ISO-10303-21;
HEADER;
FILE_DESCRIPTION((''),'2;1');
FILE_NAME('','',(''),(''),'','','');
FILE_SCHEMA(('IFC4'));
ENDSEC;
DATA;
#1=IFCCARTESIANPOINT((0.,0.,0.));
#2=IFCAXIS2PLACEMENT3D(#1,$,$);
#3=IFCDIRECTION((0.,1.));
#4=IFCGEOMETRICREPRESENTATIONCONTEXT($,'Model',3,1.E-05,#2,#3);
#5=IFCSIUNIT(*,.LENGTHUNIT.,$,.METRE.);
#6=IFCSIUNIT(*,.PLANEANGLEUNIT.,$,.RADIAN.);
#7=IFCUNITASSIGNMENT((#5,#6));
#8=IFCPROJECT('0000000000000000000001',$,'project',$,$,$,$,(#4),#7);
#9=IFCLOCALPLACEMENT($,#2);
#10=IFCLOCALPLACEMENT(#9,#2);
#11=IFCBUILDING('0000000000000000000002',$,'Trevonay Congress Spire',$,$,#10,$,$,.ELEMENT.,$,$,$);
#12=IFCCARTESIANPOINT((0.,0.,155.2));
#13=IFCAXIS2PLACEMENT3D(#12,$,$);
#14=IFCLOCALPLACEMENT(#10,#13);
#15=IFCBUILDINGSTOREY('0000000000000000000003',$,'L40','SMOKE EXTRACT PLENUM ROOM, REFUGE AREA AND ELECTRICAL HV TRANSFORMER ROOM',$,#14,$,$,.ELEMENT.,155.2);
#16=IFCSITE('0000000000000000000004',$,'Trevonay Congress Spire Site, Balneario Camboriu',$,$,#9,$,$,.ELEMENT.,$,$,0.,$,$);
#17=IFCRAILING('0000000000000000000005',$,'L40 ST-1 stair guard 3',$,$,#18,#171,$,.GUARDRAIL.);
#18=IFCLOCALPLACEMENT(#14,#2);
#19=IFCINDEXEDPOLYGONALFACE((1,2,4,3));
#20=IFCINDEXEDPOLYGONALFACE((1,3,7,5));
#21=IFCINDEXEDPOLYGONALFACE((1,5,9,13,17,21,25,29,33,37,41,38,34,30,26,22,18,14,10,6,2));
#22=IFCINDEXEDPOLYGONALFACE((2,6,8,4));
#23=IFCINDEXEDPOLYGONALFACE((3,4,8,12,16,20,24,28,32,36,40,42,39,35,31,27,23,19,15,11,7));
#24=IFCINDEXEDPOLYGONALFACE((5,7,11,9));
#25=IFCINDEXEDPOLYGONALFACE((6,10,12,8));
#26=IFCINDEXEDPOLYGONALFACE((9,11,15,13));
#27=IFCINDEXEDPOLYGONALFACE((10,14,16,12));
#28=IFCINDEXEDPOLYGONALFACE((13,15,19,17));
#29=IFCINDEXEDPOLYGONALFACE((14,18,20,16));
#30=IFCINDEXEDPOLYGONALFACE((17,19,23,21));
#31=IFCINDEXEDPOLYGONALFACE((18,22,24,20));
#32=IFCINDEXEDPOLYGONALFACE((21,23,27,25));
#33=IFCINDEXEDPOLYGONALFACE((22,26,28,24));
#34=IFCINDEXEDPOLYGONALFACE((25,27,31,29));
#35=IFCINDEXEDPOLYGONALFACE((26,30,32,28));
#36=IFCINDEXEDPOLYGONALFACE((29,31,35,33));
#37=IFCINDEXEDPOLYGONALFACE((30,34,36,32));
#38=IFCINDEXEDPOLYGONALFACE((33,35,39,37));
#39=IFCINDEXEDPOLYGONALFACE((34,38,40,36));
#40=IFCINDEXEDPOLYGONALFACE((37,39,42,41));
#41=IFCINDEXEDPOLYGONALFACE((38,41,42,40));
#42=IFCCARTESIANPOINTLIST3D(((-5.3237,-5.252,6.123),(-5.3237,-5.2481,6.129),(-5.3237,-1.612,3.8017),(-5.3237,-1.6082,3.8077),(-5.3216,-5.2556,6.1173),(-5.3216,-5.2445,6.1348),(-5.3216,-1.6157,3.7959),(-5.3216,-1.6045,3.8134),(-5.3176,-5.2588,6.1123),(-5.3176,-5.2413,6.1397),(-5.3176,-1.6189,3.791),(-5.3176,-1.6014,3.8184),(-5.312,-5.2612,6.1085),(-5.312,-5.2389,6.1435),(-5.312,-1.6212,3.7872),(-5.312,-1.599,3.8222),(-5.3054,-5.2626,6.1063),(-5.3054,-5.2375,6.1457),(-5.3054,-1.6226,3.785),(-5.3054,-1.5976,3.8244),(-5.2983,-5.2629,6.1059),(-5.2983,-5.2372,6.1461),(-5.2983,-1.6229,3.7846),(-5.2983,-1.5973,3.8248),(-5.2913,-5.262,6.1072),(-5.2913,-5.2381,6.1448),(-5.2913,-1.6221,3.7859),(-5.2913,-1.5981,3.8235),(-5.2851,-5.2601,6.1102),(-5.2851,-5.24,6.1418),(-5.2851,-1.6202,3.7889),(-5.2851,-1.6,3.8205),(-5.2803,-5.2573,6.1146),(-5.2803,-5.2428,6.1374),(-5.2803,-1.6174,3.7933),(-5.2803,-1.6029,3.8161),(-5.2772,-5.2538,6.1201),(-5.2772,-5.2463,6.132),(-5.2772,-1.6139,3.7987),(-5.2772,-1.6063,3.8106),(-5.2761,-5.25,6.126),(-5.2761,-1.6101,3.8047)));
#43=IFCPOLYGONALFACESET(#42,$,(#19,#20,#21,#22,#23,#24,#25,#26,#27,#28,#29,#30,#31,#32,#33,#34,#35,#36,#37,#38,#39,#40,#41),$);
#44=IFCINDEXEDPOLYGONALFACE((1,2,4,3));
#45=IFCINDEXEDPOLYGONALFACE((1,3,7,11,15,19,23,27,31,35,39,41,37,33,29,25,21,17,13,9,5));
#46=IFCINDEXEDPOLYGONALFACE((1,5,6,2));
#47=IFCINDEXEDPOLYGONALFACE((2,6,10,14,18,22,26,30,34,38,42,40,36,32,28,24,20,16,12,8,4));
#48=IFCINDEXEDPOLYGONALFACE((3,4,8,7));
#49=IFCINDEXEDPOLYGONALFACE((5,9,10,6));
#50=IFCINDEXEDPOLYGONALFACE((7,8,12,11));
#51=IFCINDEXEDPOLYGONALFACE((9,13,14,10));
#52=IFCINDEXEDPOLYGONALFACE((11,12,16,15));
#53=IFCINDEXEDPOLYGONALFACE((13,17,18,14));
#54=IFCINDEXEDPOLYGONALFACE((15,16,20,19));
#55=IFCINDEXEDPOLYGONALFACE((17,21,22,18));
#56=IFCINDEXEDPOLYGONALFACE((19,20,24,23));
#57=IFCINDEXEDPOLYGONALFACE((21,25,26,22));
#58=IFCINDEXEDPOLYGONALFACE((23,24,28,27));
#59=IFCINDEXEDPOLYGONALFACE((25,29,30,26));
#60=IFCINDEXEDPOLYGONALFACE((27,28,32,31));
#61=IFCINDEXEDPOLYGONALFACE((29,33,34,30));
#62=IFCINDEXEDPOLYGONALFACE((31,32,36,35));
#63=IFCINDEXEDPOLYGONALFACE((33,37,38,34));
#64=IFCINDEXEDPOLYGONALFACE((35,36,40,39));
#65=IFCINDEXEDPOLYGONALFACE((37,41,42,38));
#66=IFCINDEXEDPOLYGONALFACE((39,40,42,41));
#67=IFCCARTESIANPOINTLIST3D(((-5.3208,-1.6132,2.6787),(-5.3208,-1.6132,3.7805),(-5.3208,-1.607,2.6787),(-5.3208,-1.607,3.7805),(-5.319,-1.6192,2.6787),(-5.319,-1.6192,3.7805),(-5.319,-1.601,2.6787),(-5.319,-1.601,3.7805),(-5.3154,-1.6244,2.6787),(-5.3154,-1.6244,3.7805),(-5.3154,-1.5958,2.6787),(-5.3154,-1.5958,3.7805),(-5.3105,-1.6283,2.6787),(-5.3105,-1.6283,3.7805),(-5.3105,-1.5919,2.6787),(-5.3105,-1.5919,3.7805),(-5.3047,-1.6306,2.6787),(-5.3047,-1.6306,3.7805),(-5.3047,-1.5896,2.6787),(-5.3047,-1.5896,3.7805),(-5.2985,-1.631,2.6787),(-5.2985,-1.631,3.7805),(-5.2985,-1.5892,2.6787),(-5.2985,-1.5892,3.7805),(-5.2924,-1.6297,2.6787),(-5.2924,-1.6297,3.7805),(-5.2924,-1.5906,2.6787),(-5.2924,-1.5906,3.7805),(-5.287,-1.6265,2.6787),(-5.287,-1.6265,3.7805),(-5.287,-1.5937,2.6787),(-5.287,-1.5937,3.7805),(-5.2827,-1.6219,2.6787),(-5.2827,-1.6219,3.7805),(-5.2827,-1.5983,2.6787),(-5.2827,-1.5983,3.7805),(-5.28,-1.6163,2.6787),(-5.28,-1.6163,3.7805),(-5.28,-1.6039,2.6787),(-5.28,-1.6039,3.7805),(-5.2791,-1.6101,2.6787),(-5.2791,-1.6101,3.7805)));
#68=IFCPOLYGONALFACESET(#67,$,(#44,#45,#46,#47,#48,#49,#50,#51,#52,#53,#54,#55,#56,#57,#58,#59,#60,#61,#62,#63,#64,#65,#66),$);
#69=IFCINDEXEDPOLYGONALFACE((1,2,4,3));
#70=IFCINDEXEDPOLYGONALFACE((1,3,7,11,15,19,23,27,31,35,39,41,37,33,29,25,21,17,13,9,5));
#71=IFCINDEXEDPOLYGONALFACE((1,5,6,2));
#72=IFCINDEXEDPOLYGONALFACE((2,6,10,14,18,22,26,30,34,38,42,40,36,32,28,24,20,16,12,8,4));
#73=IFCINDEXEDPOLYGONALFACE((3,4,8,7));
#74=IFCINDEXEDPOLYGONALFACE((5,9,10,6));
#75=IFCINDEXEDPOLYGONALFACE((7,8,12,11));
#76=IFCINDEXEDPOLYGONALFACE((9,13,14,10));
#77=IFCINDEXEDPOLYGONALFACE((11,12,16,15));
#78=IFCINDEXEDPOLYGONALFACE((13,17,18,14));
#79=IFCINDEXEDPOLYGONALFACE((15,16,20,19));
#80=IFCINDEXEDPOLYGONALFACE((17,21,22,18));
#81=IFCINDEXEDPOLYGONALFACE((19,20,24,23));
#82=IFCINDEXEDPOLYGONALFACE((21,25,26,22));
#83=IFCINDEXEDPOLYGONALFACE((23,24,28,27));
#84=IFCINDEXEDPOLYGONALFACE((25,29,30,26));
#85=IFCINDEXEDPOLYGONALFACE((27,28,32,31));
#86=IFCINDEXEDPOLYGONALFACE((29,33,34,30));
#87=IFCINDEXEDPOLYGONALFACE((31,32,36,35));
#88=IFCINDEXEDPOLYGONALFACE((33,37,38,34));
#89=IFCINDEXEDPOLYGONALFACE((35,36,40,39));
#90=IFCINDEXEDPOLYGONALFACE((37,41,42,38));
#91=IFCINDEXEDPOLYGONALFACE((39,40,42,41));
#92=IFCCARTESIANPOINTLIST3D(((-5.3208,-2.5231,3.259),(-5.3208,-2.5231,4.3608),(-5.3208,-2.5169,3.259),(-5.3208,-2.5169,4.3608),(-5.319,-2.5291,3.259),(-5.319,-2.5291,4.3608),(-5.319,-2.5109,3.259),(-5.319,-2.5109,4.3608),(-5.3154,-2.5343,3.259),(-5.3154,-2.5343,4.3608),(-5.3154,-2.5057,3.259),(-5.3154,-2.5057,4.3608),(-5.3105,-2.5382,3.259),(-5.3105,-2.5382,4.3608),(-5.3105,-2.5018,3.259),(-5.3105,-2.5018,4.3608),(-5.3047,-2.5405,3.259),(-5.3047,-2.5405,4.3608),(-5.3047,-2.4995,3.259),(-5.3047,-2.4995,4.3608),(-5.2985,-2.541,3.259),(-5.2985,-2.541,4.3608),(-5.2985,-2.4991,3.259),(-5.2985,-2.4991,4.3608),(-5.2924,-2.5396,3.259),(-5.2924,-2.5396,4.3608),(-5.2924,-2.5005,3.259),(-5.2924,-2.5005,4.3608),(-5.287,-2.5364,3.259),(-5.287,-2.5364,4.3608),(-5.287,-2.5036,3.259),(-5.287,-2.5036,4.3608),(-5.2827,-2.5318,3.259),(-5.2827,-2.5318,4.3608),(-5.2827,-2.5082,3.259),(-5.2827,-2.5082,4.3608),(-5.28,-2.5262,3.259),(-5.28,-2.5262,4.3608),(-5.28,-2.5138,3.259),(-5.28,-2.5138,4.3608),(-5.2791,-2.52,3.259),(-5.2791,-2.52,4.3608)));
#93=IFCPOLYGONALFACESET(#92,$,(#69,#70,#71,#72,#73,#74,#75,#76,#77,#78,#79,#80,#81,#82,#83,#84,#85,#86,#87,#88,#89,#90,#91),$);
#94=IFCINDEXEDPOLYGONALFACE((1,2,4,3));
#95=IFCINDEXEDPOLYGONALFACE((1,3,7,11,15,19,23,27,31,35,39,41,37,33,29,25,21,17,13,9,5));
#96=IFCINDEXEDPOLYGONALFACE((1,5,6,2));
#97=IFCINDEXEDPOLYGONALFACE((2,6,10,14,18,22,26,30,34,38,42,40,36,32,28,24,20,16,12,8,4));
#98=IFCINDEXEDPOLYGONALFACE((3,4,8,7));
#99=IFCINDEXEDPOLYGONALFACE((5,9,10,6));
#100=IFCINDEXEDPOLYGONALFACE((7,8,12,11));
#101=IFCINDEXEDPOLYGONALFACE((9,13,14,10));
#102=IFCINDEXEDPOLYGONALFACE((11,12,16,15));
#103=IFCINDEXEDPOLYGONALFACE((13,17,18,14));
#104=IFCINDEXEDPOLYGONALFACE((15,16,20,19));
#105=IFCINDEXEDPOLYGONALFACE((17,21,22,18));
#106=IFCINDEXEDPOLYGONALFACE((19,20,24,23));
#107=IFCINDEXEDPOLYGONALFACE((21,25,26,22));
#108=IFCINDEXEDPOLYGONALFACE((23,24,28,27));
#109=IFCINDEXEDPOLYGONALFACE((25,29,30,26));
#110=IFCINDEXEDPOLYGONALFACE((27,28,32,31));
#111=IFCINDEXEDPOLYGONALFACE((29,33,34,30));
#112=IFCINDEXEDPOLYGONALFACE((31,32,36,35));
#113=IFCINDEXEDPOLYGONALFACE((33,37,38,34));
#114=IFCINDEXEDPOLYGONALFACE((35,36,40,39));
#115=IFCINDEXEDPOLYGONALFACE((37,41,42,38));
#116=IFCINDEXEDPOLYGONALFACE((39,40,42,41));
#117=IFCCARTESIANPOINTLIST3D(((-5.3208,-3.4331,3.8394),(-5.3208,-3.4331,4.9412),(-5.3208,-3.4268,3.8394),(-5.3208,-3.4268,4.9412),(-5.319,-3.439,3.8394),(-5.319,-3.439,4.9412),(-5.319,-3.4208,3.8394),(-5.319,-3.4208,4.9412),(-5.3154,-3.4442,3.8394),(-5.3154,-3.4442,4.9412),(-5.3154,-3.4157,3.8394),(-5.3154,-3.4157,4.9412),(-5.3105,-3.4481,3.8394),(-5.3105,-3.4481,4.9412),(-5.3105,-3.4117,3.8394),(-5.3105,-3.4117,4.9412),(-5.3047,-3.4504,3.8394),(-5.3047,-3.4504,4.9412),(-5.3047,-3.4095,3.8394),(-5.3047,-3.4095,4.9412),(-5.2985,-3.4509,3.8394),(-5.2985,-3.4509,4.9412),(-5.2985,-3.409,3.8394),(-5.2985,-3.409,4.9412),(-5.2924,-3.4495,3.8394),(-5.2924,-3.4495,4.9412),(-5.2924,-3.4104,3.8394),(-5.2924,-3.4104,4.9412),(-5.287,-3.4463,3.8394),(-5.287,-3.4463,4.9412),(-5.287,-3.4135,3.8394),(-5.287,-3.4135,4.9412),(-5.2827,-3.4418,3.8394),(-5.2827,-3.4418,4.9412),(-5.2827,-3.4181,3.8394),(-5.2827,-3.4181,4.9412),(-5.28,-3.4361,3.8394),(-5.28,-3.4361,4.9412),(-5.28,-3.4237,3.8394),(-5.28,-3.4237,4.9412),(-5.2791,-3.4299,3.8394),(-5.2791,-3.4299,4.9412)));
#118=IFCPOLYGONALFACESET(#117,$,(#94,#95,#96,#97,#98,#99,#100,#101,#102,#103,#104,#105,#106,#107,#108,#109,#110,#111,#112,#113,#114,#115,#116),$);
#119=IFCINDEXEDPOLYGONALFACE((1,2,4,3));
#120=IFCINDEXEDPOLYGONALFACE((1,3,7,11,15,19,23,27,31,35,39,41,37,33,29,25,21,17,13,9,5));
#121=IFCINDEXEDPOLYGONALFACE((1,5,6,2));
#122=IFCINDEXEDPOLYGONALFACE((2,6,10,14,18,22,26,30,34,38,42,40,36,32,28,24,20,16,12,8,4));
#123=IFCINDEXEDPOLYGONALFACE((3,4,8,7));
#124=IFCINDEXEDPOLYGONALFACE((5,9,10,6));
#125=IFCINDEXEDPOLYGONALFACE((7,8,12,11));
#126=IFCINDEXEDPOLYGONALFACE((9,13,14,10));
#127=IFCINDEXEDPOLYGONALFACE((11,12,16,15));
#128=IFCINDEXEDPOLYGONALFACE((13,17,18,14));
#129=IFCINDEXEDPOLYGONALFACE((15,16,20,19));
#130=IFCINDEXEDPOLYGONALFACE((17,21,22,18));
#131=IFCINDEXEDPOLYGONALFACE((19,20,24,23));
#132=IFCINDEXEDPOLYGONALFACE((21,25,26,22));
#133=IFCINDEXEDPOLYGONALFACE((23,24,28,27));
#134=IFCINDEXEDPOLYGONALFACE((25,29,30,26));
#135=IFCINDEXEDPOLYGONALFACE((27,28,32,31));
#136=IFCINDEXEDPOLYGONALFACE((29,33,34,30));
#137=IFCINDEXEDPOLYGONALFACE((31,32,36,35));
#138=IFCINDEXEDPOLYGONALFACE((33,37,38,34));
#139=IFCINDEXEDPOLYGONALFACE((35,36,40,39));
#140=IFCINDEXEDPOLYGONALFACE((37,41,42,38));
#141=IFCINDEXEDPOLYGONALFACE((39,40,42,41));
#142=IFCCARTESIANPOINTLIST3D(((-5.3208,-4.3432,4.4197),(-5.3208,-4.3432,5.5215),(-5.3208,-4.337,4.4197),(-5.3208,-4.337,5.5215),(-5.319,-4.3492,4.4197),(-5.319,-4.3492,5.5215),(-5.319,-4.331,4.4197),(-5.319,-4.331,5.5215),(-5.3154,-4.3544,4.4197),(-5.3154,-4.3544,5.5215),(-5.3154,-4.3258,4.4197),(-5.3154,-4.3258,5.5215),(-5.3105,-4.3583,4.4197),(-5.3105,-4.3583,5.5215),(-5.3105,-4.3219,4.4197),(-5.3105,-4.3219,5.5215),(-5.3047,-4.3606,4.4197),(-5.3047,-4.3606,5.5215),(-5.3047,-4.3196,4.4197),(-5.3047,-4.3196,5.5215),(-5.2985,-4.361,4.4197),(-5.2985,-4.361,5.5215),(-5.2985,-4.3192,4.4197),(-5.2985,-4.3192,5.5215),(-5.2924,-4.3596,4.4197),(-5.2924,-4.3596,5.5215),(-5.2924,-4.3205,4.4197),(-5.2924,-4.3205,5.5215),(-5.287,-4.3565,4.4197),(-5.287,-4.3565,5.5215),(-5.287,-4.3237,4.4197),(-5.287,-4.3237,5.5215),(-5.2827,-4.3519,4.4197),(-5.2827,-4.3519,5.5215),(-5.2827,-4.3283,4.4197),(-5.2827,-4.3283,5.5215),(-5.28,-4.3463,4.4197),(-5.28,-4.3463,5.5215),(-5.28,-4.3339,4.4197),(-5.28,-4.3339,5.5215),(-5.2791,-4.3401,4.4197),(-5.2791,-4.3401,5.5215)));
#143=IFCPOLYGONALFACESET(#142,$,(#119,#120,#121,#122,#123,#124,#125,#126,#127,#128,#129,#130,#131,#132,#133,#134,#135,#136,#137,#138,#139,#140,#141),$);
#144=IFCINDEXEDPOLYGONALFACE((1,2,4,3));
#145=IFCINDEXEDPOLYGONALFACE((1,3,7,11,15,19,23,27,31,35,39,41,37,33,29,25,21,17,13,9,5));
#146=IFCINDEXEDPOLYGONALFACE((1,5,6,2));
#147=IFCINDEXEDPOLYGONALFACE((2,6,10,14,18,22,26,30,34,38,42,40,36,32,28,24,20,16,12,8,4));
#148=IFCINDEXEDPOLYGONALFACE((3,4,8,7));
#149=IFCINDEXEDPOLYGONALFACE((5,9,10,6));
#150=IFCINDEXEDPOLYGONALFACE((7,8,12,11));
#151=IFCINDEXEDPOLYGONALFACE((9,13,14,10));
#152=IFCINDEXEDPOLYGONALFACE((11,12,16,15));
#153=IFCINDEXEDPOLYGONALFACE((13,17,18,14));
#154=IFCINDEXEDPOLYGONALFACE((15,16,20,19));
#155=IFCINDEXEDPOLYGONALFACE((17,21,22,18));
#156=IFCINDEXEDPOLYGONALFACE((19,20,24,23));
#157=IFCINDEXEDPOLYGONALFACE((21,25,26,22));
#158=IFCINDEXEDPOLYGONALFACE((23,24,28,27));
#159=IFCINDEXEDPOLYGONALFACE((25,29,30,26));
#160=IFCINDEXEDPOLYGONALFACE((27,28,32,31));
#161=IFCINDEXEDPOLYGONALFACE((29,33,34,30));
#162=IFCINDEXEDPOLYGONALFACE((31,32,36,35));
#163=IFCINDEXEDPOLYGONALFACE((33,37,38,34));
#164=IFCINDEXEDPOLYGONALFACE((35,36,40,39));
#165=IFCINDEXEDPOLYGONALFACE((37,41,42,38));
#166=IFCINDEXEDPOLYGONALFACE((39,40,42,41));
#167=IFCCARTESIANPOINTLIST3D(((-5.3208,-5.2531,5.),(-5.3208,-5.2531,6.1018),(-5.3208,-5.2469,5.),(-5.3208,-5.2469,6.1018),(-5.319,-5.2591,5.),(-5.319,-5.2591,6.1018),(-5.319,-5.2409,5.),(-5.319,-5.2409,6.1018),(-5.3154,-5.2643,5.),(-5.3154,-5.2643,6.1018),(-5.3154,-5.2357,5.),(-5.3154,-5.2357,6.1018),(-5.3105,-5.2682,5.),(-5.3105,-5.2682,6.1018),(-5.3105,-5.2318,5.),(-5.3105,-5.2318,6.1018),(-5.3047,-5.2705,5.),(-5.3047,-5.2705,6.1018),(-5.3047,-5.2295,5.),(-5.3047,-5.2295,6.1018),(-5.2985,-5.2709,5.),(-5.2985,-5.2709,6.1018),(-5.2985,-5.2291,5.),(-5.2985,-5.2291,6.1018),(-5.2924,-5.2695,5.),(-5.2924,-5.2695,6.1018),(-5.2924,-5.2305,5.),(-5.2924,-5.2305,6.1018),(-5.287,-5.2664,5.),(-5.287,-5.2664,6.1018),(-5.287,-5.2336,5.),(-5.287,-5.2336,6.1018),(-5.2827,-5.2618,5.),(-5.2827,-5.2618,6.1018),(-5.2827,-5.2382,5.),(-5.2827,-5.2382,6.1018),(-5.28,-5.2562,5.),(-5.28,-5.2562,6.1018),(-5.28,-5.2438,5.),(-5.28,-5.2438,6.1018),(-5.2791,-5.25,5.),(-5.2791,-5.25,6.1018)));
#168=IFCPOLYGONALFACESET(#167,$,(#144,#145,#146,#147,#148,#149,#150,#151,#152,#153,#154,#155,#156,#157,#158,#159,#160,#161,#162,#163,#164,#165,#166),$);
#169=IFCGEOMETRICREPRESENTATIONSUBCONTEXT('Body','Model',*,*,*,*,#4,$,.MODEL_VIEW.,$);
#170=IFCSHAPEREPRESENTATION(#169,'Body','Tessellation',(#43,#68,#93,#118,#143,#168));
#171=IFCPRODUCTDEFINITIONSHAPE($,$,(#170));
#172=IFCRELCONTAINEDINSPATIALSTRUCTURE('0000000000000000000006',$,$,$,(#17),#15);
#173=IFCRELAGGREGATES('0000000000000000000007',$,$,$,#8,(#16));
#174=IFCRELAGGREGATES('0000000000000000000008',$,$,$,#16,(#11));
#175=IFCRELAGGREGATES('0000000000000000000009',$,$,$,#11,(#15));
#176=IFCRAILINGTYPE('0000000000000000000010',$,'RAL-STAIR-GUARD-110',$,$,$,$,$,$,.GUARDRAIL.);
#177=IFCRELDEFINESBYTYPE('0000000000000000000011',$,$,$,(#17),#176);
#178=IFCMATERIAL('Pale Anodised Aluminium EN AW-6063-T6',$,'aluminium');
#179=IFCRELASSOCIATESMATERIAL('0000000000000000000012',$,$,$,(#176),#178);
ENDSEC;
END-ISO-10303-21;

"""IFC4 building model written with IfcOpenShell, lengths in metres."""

from ifc_helpers import new_model, si_unit, direction, frame, origin, origin_2d, place, context, subcontext, project, spatial, circle, extrude, material, type_object, element, save


model = new_model("IFC4")

# Units and contexts
model_context = context("Model", 3, precision=1e-05, world=origin(), true_north=direction((0.0, 1.0)))
body_context = subcontext(model_context, "Body", "Model", "MODEL_VIEW")
ifc_project = project(units=[si_unit("LENGTHUNIT", "METRE"), si_unit("PLANEANGLEUNIT", "RADIAN")], contexts=[model_context])

# Site, building, storey
site_placement = place(None, origin())
site = spatial("IfcSite", under=ifc_project, at=site_placement, Name="Trevonay Congress Spire Site, Balneario Camboriu", CompositionType="ELEMENT", RefElevation=0.0)
building_placement = place(site_placement, origin())
building = spatial("IfcBuilding", under=site, at=building_placement, Name="Trevonay Congress Spire", CompositionType="ELEMENT")
storey_placement = place(building_placement, frame((0.0, 0.0, 155.2)))
storey = spatial("IfcBuildingStorey", under=building, at=storey_placement, Name="L40", Description="SMOKE EXTRACT PLENUM ROOM, REFUGE AREA AND ELECTRICAL HV TRANSFORMER ROOM", CompositionType="ELEMENT", Elevation=155.2)

# Railing
ifc_material_1 = material(Name="Pale Anodised Aluminium EN AW-6063-T6", Category="aluminium")
railing_type_1 = type_object("IfcRailingType", Name="RAL-STAIR-GUARD-110", PredefinedType="GUARDRAIL", material=ifc_material_1)
railing_1_placement = place(storey_placement, frame((-5.3, -1.6101, 2.6787)))
element("IfcRailing", 1, at=railing_1_placement, inside=storey, type_object=railing_type_1, Name="L40 ST-1 stair guard 3", PredefinedType="GUARDRAIL", context=body_context, shape_type="SweptSolid", body=[
    extrude(circle(Radius=0.0239, at=origin_2d()), frame((0.0, 0.0, 1.126), z_axis=(0.0, -0.843137, 0.537699), x_axis=(1.0, 0.0, 0.0)), (0.0, 0.0, 1.0), 4.3171),
    extrude(circle(Radius=0.021, at=origin_2d()), origin(), (0.0, 0.0, 1.0), 1.1018),
    extrude(circle(Radius=0.021, at=origin_2d()), frame((0.0, -0.9099, 0.5803)), (0.0, 0.0, 1.0), 1.1018),
    extrude(circle(Radius=0.021, at=origin_2d()), frame((0.0, -1.8198, 1.1606)), (0.0, 0.0, 1.0), 1.1018),
    extrude(circle(Radius=0.021, at=origin_2d()), frame((0.0, -2.73, 1.741)), (0.0, 0.0, 1.0), 1.1018),
    extrude(circle(Radius=0.021, at=origin_2d()), frame((0.0, -3.6399, 2.3213)), (0.0, 0.0, 1.0), 1.1018),
])

save(model, "model.ifc")
